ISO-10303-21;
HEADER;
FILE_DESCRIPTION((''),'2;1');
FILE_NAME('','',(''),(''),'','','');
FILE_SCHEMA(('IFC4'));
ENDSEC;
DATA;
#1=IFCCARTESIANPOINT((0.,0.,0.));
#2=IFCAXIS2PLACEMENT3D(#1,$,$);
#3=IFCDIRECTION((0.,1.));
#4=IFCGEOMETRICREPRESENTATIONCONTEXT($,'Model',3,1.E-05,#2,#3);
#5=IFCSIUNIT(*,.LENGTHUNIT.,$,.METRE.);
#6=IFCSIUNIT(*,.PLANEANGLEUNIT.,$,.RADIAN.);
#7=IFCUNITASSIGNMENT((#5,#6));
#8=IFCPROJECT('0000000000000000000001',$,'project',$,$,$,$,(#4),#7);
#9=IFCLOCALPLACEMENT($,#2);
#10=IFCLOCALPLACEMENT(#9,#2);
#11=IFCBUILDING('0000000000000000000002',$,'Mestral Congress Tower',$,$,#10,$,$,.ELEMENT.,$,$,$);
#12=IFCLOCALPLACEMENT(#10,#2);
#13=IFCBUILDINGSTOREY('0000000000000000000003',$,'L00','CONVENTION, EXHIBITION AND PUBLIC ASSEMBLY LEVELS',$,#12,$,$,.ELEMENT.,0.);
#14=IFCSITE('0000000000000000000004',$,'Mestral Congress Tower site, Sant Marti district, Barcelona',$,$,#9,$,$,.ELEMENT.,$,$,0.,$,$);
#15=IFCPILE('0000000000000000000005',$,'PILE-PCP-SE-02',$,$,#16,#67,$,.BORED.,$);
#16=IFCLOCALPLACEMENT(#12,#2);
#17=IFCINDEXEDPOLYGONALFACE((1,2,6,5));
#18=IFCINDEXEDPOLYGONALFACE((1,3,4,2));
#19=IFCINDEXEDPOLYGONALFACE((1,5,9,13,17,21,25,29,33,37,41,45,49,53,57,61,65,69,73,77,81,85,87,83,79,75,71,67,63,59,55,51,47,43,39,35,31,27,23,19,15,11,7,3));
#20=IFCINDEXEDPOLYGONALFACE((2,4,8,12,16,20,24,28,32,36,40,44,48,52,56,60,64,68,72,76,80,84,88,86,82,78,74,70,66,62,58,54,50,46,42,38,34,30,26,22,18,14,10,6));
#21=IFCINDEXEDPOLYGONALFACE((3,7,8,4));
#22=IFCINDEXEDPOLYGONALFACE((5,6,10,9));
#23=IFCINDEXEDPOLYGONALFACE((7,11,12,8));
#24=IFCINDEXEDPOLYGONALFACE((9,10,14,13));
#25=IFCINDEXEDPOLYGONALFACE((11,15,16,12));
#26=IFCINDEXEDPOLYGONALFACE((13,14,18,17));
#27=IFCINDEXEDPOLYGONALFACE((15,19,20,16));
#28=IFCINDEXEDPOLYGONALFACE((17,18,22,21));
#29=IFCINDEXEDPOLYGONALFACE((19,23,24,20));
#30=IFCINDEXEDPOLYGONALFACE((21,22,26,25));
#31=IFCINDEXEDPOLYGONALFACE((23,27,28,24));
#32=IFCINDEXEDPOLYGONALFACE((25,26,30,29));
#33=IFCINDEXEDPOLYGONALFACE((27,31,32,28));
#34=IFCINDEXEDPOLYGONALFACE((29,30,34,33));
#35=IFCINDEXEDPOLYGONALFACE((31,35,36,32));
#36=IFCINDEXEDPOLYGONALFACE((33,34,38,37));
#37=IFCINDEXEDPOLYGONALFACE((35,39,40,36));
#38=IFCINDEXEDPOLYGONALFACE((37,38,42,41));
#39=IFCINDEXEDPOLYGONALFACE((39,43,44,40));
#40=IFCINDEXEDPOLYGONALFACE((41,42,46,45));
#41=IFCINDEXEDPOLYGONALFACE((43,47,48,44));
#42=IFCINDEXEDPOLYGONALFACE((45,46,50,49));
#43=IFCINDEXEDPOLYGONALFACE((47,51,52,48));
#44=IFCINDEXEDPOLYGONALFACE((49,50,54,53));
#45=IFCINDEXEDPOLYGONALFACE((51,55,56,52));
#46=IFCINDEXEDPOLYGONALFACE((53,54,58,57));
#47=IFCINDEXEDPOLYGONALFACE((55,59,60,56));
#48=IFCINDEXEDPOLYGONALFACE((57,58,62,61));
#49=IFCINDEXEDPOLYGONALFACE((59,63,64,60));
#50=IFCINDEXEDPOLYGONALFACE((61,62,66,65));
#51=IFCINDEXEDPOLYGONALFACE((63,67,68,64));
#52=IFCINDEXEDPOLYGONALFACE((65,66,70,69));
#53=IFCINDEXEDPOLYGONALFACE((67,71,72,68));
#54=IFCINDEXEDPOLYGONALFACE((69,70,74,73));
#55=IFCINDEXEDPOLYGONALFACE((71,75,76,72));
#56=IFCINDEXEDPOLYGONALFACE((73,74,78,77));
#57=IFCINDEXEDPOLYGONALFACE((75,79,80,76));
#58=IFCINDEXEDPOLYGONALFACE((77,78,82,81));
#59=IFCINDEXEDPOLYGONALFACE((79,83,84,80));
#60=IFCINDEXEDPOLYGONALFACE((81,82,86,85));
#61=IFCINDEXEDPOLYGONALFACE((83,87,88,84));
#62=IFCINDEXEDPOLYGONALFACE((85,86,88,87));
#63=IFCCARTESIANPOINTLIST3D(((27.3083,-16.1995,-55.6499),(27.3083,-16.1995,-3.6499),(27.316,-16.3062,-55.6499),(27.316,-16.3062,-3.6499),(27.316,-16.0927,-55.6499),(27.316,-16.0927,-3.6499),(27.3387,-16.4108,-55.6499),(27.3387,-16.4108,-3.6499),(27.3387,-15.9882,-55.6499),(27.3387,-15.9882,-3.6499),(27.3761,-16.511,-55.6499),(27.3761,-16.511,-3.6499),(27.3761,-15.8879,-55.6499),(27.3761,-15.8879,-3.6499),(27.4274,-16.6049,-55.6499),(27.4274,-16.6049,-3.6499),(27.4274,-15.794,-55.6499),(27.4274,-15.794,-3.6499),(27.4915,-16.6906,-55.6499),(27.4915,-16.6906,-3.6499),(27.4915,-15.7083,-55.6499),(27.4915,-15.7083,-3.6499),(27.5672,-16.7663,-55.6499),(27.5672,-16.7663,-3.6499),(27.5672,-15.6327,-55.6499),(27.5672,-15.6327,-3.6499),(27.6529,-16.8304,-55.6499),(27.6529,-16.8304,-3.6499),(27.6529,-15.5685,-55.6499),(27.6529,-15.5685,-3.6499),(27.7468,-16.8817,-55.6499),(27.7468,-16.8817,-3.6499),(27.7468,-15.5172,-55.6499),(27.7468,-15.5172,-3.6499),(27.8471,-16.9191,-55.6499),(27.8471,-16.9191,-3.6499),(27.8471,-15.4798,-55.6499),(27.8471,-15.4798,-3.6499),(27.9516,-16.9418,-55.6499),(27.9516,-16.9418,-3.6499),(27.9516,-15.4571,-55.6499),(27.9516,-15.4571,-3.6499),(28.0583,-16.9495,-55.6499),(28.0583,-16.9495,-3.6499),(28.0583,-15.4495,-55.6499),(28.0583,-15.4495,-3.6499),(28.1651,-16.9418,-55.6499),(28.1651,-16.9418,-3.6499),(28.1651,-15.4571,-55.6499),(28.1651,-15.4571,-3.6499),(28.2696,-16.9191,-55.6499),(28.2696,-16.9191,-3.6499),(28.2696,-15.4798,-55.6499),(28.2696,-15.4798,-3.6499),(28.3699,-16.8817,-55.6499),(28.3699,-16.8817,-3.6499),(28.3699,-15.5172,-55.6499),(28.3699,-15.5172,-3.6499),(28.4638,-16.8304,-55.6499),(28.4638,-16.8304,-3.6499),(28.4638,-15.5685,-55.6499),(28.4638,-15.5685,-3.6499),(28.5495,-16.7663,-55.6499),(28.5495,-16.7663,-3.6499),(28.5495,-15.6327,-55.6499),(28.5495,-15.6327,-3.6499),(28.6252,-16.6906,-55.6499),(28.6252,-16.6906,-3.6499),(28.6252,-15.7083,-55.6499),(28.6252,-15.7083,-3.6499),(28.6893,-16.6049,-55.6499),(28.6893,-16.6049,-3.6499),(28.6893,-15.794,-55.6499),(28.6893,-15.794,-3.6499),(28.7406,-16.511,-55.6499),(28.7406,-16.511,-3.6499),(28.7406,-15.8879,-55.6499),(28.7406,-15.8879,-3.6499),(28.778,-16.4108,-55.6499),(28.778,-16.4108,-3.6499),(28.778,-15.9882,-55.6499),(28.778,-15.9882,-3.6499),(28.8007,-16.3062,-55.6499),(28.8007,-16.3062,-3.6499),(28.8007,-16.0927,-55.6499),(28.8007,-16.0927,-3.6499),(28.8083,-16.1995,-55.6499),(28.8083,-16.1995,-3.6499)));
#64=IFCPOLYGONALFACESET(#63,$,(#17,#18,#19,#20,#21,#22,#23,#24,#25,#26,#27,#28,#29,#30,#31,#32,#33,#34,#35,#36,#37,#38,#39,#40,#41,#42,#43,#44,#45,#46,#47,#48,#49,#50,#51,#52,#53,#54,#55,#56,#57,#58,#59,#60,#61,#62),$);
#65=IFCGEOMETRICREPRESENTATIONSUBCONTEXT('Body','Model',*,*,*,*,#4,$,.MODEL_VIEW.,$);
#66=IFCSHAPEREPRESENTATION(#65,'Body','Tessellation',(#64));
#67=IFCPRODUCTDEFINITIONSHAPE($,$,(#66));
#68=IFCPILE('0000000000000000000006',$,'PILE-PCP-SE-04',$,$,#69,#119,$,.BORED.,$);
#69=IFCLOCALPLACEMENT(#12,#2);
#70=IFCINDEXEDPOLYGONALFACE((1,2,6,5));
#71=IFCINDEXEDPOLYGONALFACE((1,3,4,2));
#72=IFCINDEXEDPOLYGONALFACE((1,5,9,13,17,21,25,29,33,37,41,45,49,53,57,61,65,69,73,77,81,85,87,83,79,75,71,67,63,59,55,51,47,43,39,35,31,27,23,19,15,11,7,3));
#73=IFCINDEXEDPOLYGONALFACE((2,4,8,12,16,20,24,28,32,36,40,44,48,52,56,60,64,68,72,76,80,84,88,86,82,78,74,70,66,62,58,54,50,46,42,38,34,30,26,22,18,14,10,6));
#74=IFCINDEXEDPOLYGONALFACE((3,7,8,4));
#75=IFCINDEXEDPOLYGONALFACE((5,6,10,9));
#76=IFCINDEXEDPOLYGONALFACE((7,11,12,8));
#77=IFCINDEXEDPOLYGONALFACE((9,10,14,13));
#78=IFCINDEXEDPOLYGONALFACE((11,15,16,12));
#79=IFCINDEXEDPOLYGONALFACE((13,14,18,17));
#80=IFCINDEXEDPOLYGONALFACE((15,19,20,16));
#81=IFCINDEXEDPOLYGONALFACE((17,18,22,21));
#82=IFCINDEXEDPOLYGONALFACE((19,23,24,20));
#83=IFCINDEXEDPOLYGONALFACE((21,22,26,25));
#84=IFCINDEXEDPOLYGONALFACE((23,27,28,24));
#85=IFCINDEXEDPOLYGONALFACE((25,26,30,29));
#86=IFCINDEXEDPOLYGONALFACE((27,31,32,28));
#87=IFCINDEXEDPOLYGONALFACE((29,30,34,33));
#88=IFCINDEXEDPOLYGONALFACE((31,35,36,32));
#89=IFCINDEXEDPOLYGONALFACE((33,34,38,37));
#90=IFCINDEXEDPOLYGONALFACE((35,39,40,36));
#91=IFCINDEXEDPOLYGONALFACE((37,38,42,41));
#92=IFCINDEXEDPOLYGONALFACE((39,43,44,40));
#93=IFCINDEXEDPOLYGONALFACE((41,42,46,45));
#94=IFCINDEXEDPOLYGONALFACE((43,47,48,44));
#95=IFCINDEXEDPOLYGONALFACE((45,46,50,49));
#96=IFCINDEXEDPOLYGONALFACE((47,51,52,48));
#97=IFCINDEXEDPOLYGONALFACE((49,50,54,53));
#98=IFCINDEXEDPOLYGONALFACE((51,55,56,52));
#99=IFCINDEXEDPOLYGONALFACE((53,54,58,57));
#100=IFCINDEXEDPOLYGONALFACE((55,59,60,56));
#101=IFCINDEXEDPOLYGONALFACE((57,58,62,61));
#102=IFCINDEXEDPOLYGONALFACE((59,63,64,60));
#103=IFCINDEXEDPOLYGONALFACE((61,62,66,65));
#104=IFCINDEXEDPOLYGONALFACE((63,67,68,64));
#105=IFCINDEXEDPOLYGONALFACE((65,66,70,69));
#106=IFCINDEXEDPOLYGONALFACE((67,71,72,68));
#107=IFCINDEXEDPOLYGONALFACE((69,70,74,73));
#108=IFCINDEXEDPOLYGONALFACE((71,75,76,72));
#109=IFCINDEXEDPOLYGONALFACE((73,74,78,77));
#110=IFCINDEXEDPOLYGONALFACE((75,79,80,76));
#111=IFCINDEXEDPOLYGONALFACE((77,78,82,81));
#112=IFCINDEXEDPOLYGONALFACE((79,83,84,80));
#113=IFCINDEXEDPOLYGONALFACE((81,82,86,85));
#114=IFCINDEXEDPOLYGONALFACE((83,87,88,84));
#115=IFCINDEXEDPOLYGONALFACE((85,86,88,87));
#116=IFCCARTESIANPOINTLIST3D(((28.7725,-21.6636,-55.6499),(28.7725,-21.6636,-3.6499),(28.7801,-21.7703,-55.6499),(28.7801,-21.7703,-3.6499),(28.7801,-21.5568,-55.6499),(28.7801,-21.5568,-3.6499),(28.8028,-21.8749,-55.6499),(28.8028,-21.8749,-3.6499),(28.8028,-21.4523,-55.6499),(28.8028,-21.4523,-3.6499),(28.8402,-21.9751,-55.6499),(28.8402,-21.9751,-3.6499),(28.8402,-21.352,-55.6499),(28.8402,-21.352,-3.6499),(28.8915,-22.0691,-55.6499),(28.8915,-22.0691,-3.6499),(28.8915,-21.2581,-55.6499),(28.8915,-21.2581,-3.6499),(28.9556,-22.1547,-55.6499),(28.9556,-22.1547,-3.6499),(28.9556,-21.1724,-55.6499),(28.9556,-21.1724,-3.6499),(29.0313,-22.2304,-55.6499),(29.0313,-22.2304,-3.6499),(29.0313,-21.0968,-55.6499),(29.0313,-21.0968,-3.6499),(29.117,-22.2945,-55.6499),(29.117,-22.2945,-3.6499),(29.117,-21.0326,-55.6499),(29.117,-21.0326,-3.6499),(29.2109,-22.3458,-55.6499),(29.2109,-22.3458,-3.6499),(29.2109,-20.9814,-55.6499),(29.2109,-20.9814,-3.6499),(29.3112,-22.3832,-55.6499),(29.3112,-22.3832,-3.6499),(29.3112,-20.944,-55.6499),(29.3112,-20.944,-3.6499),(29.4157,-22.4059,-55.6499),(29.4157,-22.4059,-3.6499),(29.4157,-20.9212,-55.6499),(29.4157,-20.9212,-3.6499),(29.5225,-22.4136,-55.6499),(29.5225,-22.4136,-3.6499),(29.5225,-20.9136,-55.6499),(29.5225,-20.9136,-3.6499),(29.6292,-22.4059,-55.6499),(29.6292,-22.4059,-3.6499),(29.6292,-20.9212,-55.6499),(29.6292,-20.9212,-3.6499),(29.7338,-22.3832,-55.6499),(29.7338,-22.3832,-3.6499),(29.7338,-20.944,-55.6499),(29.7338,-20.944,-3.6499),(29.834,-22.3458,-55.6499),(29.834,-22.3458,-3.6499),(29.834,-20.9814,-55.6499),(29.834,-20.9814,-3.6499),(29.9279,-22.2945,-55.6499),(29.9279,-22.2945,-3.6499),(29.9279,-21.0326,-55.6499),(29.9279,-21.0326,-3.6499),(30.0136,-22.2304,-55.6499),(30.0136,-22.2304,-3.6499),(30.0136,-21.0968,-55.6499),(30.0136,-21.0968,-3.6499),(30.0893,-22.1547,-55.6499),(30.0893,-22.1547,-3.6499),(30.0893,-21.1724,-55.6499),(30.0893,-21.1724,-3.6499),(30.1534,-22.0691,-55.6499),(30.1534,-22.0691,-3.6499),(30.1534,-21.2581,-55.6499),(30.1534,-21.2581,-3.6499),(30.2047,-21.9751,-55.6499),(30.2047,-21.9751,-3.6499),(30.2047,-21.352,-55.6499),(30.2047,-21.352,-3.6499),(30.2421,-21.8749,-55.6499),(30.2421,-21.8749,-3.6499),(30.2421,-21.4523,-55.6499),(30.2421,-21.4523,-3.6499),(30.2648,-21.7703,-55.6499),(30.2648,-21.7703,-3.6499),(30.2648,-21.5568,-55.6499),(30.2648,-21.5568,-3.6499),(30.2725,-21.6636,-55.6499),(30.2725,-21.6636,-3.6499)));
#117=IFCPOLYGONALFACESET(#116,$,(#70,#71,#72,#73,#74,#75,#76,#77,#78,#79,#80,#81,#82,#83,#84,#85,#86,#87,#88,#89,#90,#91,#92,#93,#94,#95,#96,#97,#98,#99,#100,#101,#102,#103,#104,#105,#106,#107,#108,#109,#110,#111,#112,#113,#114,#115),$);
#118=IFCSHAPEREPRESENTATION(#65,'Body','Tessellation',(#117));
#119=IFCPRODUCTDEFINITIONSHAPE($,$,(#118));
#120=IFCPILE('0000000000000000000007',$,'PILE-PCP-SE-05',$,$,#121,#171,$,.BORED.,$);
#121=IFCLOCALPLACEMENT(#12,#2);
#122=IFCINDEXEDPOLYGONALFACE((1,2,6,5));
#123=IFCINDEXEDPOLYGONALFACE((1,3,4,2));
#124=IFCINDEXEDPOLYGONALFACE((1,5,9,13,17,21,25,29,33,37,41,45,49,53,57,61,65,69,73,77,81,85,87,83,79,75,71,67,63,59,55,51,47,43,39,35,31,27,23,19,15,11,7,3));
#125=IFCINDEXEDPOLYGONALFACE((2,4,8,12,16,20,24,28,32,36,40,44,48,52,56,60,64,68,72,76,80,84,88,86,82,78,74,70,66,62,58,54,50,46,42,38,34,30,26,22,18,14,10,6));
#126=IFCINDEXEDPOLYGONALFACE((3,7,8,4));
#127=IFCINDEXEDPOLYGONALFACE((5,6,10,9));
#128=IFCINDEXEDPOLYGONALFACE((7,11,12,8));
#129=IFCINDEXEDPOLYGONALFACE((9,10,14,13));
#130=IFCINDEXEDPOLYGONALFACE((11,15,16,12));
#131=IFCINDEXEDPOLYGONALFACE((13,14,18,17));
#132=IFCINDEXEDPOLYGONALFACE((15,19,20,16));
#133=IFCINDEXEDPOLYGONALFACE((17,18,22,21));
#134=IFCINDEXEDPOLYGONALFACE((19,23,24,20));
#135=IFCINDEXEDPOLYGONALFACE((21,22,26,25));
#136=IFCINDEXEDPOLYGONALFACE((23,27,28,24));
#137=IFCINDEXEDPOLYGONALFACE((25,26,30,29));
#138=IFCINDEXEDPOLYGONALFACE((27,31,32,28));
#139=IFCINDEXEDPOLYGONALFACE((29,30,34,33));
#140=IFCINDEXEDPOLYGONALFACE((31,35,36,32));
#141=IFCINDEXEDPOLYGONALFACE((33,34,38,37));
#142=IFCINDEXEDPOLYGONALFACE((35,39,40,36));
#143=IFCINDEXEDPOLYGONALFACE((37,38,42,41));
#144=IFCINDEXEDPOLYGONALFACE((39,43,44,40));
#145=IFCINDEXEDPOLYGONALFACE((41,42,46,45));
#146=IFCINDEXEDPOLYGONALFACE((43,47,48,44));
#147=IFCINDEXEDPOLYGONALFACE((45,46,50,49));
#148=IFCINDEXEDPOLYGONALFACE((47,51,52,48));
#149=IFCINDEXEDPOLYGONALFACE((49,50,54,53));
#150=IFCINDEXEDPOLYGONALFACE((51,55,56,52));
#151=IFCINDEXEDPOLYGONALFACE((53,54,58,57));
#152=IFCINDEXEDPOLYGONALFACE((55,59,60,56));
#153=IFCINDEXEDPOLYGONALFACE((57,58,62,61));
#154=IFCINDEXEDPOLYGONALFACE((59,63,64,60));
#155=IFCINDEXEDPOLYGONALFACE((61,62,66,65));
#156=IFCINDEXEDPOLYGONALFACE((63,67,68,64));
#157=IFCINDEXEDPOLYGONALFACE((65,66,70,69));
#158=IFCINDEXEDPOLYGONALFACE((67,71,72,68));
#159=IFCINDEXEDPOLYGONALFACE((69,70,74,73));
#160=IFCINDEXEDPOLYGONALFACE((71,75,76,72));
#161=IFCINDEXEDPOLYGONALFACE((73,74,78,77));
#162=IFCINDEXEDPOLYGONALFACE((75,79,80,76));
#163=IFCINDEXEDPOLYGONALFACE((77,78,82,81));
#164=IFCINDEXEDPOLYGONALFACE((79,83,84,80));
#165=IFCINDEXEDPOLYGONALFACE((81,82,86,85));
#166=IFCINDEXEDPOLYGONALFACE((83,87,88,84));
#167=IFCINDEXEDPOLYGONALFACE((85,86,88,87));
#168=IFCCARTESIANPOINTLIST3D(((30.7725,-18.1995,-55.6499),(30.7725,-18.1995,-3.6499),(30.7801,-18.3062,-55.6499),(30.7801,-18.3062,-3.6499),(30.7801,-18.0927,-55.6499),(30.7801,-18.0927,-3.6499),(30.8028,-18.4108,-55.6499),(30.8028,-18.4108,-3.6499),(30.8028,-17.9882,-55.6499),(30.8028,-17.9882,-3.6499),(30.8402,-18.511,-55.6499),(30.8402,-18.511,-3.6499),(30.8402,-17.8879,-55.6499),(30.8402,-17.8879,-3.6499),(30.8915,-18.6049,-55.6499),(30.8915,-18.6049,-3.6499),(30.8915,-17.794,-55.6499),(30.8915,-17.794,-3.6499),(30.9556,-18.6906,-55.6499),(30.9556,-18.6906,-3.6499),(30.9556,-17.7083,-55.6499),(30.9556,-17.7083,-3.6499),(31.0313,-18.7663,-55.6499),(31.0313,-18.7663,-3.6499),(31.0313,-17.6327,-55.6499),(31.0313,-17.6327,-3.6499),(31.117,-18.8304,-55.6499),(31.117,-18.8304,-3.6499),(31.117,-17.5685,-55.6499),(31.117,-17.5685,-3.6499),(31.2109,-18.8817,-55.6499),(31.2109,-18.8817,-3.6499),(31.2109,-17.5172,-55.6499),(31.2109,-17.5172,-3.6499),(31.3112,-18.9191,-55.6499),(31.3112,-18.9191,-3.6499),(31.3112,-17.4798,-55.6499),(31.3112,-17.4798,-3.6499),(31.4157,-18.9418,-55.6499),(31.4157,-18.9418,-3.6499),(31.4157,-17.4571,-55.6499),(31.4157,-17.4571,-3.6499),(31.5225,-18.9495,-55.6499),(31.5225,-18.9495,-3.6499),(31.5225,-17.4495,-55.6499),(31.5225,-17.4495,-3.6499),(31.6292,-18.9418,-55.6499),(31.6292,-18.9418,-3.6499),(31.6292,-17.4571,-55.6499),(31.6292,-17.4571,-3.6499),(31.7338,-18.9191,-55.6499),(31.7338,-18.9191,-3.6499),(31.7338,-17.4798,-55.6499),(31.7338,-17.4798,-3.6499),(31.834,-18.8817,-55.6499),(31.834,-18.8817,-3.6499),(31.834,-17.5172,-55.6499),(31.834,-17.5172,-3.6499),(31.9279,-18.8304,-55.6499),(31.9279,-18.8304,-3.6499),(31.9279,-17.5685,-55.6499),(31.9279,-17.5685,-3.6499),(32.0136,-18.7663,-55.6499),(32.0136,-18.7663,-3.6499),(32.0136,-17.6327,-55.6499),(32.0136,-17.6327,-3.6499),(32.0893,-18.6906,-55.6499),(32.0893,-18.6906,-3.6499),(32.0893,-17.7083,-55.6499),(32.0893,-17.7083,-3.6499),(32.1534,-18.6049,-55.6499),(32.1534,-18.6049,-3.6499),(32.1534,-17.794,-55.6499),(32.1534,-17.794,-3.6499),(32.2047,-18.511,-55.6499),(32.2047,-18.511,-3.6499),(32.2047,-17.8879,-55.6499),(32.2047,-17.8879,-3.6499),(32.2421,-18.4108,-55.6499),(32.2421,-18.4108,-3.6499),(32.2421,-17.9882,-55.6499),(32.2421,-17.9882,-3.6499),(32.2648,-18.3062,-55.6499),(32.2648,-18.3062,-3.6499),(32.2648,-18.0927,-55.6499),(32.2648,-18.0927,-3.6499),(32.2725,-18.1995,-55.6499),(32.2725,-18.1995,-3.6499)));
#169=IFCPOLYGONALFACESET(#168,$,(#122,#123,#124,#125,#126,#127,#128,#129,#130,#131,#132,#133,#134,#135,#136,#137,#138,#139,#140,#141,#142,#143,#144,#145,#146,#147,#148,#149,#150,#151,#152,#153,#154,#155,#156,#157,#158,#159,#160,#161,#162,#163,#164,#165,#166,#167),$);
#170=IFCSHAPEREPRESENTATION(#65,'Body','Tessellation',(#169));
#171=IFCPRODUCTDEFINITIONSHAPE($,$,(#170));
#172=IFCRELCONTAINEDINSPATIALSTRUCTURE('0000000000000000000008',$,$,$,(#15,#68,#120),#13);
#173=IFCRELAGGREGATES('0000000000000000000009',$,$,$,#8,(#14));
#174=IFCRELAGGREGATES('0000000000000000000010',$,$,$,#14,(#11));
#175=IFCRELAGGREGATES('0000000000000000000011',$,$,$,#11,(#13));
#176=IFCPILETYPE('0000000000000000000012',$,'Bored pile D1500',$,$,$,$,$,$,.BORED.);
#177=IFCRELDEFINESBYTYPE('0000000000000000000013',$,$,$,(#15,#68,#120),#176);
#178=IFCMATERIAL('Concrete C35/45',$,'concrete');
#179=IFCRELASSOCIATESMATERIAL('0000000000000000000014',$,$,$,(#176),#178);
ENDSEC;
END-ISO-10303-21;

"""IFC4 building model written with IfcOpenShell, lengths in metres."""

from ifc_helpers import new_model, si_unit, direction, frame, origin, origin_2d, place, context, subcontext, project, spatial, circle, extrude, material, material_profile, profile_set, type_object, element, save


model = new_model("IFC4")

# Units and contexts
model_context = context("Model", 3, precision=1e-05, world=origin(), true_north=direction((0.0, 1.0)))
body_context = subcontext(model_context, "Body", "Model", "MODEL_VIEW")
ifc_project = project(units=[si_unit("LENGTHUNIT", "METRE"), si_unit("PLANEANGLEUNIT", "RADIAN")], contexts=[model_context])

# Site, building, storey
site_placement = place(None, origin())
site = spatial("IfcSite", under=ifc_project, at=site_placement, Name="Mestral Congress Tower site, Sant Marti district, Barcelona", CompositionType="ELEMENT", RefElevation=0.0)
building_placement = place(site_placement, origin())
building = spatial("IfcBuilding", under=site, at=building_placement, Name="Mestral Congress Tower", CompositionType="ELEMENT")
storey_placement = place(building_placement, origin())
storey = spatial("IfcBuildingStorey", under=building, at=storey_placement, Name="L00", Description="CONVENTION, EXHIBITION AND PUBLIC ASSEMBLY LEVELS", CompositionType="ELEMENT", Elevation=0.0)

# Piles
ifc_material_1 = material(Name="Concrete C35/45", Category="concrete")
ifc_material_profile_1 = material_profile(ifc_material_1, circle(Radius=0.75, at=origin_2d()), Name="D1500")
ifc_profile_set_1 = profile_set([ifc_material_profile_1], Name="Concrete C35/45")
pile_type_1 = type_object("IfcPileType", Name="Bored pile D1500", PredefinedType="BORED", material=ifc_profile_set_1)
for number, where, z_axis, x_axis, name in (
    (1, (28.0583, -16.1995, -3.6499), (0.0, 0.0, -1.0), (1.0, 0.0, 0.0), "PILE-PCP-SE-02"),
    (2, (29.5225, -21.6636, -3.6499), (0.0, 0.0, -1.0), (1.0, 0.0, 0.0), "PILE-PCP-SE-04"),
    (3, (31.5225, -18.1995, -3.6499), (0.0, 0.0, -1.0), (1.0, 0.0, 0.0), "PILE-PCP-SE-05"),
):
    element("IfcPile", number, at=place(storey_placement, frame(where, z_axis=z_axis, x_axis=x_axis)), inside=storey, type_object=pile_type_1, Name=name, PredefinedType="BORED", context=body_context, shape_type="SweptSolid", body=[
        extrude(circle(Radius=0.75, at=origin_2d()), origin(), (0.0, 0.0, 1.0), 52.0),
    ])

save(model, "model.ifc")
